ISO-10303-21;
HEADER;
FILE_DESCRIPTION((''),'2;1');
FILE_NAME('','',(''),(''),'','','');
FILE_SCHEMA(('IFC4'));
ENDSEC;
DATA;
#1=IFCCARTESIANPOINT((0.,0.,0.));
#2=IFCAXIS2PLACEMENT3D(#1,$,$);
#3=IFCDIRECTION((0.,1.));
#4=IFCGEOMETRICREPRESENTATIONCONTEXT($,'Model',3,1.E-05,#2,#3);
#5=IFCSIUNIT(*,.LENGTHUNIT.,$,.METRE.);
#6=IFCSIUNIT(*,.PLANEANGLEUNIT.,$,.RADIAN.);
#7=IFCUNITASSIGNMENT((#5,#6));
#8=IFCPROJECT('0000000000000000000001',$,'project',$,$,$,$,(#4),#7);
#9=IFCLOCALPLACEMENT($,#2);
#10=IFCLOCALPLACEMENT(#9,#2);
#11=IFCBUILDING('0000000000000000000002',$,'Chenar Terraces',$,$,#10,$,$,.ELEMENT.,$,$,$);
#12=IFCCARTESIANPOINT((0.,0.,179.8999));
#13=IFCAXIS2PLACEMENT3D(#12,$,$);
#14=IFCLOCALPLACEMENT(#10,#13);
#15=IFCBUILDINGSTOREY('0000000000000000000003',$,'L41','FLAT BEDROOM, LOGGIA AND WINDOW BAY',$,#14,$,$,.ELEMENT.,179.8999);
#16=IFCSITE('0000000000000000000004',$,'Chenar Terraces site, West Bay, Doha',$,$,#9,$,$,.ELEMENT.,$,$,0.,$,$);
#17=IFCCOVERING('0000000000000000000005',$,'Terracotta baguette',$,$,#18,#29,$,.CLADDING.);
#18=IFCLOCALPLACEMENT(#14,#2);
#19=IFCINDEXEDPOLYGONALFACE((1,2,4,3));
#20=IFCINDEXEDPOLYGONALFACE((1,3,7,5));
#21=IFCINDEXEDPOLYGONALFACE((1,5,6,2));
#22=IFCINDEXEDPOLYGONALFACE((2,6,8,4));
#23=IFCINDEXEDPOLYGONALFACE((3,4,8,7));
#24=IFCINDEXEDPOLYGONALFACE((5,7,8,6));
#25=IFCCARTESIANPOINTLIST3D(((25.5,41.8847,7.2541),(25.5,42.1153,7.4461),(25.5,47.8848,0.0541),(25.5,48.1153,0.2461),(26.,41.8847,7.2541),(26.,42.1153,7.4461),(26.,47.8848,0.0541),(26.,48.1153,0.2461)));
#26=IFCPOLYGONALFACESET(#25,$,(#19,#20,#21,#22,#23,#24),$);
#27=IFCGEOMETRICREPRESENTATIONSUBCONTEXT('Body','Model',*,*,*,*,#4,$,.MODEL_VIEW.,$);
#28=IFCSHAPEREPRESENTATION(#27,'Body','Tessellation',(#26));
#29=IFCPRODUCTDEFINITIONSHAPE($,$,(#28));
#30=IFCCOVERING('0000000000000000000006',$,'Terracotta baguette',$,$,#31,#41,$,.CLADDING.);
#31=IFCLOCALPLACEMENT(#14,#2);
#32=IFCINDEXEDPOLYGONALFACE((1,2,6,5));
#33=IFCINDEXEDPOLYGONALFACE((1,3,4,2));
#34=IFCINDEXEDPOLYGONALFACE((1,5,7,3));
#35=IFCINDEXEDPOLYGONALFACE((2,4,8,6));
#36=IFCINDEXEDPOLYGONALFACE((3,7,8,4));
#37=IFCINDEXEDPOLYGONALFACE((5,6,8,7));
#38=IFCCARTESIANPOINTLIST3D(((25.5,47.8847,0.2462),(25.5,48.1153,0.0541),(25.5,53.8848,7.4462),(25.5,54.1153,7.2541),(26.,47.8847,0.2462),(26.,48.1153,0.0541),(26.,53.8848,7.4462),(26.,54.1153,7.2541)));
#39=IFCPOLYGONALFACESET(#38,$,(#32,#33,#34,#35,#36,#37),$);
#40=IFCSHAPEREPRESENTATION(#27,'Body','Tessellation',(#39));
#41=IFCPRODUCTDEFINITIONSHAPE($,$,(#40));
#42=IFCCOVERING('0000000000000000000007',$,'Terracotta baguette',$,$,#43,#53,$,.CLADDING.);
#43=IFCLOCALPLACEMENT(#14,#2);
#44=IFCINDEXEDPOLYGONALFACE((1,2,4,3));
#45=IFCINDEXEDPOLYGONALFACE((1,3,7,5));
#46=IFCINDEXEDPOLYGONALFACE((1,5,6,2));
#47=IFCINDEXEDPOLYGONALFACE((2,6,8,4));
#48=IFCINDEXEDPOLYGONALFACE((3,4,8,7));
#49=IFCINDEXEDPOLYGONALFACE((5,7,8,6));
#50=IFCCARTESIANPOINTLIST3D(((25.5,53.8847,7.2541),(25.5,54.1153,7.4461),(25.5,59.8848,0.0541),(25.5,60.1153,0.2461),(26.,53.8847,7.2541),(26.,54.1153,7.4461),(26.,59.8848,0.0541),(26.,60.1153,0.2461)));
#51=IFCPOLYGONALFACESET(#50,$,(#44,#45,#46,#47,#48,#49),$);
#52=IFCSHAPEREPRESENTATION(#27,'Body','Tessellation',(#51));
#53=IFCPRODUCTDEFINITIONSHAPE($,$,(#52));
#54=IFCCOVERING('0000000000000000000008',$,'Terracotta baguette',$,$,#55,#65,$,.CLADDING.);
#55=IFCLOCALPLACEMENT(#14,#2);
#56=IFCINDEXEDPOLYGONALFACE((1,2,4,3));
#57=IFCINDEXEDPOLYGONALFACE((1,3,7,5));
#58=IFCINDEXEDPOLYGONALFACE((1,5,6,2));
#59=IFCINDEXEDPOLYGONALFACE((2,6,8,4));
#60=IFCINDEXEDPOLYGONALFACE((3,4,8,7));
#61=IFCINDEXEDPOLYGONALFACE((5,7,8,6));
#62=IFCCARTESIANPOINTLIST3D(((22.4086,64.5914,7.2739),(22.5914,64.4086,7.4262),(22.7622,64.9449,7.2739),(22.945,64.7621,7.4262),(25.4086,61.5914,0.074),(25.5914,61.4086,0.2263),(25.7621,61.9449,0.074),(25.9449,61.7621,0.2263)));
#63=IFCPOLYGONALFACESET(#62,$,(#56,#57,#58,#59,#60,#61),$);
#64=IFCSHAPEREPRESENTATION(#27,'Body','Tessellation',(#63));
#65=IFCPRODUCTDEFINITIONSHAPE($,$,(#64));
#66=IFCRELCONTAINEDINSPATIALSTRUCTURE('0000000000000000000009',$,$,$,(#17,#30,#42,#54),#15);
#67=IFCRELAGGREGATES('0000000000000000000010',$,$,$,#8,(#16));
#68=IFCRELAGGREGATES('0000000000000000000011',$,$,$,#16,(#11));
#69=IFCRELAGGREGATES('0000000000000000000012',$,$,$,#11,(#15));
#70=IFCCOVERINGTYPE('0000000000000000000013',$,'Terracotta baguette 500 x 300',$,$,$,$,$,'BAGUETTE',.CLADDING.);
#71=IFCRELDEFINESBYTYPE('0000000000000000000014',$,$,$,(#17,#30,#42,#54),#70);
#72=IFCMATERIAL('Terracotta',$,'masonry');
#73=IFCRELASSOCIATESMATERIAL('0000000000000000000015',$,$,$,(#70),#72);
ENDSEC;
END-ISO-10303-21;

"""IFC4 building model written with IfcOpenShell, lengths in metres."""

from ifc_helpers import new_model, si_unit, direction, frame, origin, origin_2d, place, context, subcontext, project, spatial, rectangle, extrude, material, material_profile, profile_set, type_object, element, save


model = new_model("IFC4")

# Units and contexts
model_context = context("Model", 3, precision=1e-05, world=origin(), true_north=direction((0.0, 1.0)))
body_context = subcontext(model_context, "Body", "Model", "MODEL_VIEW")
ifc_project = project(units=[si_unit("LENGTHUNIT", "METRE"), si_unit("PLANEANGLEUNIT", "RADIAN")], contexts=[model_context])

# Site, building, storey
site_placement = place(None, origin())
site = spatial("IfcSite", under=ifc_project, at=site_placement, Name="Chenar Terraces site, West Bay, Doha", CompositionType="ELEMENT", RefElevation=0.0)
building_placement = place(site_placement, origin())
building = spatial("IfcBuilding", under=site, at=building_placement, Name="Chenar Terraces", CompositionType="ELEMENT")
storey_placement = place(building_placement, frame((0.0, 0.0, 179.8999)))
storey = spatial("IfcBuildingStorey", under=building, at=storey_placement, Name="L41", Description="FLAT BEDROOM, LOGGIA AND WINDOW BAY", CompositionType="ELEMENT", Elevation=179.8999)

# Coverings
ifc_material_1 = material(Name="Terracotta", Category="masonry")
ifc_material_profile_1 = material_profile(ifc_material_1, rectangle(XDim=0.5, YDim=0.3, at=origin_2d()), Name="Terracotta baguette 500 x 300")
ifc_profile_set_1 = profile_set([ifc_material_profile_1], Name="Terracotta")
covering_type = type_object("IfcCoveringType", Name="Terracotta baguette 500 x 300", ElementType="BAGUETTE", PredefinedType="CLADDING", material=ifc_profile_set_1)
for number, where, z_axis, x_axis, name in (
    (1, (25.75, 42.0, 7.3501), (0.0, 0.640187, -0.768219), (-1.0, 0.0, 0.0), "Terracotta baguette"),
    (2, (25.75, 48.0, 0.1501), (0.0, 0.640187, 0.768219), (-1.0, 0.0, 0.0), "Terracotta baguette"),
    (3, (25.75, 54.0, 7.3501), (0.0, 0.640187, -0.768219), (-1.0, 0.0, 0.0), "Terracotta baguette"),
):
    element("IfcCovering", number, at=place(storey_placement, frame(where, z_axis=z_axis, x_axis=x_axis)), inside=storey, type_object=covering_type, Name=name, PredefinedType="CLADDING", context=body_context, shape_type="SweptSolid", body=[
        extrude(rectangle(XDim=0.5, YDim=0.3, at=origin_2d()), origin(), (0.0, 0.0, 1.0), 9.3723),
    ])
covering_1_placement = place(storey_placement, frame((25.6768, 61.6768, 0.1501), z_axis=(-0.358981, 0.358981, 0.861548), x_axis=(-0.707107, -0.707107, 0.0)))
element("IfcCovering", 4, at=covering_1_placement, inside=storey, type_object=covering_type, Name="Terracotta baguette", PredefinedType="CLADDING", context=body_context, shape_type="SweptSolid", body=[
    extrude(rectangle(XDim=0.5, YDim=0.3, at=origin_2d()), origin(), (0.0, 0.0, 1.0), 8.3569),
])

save(model, "model.ifc")
